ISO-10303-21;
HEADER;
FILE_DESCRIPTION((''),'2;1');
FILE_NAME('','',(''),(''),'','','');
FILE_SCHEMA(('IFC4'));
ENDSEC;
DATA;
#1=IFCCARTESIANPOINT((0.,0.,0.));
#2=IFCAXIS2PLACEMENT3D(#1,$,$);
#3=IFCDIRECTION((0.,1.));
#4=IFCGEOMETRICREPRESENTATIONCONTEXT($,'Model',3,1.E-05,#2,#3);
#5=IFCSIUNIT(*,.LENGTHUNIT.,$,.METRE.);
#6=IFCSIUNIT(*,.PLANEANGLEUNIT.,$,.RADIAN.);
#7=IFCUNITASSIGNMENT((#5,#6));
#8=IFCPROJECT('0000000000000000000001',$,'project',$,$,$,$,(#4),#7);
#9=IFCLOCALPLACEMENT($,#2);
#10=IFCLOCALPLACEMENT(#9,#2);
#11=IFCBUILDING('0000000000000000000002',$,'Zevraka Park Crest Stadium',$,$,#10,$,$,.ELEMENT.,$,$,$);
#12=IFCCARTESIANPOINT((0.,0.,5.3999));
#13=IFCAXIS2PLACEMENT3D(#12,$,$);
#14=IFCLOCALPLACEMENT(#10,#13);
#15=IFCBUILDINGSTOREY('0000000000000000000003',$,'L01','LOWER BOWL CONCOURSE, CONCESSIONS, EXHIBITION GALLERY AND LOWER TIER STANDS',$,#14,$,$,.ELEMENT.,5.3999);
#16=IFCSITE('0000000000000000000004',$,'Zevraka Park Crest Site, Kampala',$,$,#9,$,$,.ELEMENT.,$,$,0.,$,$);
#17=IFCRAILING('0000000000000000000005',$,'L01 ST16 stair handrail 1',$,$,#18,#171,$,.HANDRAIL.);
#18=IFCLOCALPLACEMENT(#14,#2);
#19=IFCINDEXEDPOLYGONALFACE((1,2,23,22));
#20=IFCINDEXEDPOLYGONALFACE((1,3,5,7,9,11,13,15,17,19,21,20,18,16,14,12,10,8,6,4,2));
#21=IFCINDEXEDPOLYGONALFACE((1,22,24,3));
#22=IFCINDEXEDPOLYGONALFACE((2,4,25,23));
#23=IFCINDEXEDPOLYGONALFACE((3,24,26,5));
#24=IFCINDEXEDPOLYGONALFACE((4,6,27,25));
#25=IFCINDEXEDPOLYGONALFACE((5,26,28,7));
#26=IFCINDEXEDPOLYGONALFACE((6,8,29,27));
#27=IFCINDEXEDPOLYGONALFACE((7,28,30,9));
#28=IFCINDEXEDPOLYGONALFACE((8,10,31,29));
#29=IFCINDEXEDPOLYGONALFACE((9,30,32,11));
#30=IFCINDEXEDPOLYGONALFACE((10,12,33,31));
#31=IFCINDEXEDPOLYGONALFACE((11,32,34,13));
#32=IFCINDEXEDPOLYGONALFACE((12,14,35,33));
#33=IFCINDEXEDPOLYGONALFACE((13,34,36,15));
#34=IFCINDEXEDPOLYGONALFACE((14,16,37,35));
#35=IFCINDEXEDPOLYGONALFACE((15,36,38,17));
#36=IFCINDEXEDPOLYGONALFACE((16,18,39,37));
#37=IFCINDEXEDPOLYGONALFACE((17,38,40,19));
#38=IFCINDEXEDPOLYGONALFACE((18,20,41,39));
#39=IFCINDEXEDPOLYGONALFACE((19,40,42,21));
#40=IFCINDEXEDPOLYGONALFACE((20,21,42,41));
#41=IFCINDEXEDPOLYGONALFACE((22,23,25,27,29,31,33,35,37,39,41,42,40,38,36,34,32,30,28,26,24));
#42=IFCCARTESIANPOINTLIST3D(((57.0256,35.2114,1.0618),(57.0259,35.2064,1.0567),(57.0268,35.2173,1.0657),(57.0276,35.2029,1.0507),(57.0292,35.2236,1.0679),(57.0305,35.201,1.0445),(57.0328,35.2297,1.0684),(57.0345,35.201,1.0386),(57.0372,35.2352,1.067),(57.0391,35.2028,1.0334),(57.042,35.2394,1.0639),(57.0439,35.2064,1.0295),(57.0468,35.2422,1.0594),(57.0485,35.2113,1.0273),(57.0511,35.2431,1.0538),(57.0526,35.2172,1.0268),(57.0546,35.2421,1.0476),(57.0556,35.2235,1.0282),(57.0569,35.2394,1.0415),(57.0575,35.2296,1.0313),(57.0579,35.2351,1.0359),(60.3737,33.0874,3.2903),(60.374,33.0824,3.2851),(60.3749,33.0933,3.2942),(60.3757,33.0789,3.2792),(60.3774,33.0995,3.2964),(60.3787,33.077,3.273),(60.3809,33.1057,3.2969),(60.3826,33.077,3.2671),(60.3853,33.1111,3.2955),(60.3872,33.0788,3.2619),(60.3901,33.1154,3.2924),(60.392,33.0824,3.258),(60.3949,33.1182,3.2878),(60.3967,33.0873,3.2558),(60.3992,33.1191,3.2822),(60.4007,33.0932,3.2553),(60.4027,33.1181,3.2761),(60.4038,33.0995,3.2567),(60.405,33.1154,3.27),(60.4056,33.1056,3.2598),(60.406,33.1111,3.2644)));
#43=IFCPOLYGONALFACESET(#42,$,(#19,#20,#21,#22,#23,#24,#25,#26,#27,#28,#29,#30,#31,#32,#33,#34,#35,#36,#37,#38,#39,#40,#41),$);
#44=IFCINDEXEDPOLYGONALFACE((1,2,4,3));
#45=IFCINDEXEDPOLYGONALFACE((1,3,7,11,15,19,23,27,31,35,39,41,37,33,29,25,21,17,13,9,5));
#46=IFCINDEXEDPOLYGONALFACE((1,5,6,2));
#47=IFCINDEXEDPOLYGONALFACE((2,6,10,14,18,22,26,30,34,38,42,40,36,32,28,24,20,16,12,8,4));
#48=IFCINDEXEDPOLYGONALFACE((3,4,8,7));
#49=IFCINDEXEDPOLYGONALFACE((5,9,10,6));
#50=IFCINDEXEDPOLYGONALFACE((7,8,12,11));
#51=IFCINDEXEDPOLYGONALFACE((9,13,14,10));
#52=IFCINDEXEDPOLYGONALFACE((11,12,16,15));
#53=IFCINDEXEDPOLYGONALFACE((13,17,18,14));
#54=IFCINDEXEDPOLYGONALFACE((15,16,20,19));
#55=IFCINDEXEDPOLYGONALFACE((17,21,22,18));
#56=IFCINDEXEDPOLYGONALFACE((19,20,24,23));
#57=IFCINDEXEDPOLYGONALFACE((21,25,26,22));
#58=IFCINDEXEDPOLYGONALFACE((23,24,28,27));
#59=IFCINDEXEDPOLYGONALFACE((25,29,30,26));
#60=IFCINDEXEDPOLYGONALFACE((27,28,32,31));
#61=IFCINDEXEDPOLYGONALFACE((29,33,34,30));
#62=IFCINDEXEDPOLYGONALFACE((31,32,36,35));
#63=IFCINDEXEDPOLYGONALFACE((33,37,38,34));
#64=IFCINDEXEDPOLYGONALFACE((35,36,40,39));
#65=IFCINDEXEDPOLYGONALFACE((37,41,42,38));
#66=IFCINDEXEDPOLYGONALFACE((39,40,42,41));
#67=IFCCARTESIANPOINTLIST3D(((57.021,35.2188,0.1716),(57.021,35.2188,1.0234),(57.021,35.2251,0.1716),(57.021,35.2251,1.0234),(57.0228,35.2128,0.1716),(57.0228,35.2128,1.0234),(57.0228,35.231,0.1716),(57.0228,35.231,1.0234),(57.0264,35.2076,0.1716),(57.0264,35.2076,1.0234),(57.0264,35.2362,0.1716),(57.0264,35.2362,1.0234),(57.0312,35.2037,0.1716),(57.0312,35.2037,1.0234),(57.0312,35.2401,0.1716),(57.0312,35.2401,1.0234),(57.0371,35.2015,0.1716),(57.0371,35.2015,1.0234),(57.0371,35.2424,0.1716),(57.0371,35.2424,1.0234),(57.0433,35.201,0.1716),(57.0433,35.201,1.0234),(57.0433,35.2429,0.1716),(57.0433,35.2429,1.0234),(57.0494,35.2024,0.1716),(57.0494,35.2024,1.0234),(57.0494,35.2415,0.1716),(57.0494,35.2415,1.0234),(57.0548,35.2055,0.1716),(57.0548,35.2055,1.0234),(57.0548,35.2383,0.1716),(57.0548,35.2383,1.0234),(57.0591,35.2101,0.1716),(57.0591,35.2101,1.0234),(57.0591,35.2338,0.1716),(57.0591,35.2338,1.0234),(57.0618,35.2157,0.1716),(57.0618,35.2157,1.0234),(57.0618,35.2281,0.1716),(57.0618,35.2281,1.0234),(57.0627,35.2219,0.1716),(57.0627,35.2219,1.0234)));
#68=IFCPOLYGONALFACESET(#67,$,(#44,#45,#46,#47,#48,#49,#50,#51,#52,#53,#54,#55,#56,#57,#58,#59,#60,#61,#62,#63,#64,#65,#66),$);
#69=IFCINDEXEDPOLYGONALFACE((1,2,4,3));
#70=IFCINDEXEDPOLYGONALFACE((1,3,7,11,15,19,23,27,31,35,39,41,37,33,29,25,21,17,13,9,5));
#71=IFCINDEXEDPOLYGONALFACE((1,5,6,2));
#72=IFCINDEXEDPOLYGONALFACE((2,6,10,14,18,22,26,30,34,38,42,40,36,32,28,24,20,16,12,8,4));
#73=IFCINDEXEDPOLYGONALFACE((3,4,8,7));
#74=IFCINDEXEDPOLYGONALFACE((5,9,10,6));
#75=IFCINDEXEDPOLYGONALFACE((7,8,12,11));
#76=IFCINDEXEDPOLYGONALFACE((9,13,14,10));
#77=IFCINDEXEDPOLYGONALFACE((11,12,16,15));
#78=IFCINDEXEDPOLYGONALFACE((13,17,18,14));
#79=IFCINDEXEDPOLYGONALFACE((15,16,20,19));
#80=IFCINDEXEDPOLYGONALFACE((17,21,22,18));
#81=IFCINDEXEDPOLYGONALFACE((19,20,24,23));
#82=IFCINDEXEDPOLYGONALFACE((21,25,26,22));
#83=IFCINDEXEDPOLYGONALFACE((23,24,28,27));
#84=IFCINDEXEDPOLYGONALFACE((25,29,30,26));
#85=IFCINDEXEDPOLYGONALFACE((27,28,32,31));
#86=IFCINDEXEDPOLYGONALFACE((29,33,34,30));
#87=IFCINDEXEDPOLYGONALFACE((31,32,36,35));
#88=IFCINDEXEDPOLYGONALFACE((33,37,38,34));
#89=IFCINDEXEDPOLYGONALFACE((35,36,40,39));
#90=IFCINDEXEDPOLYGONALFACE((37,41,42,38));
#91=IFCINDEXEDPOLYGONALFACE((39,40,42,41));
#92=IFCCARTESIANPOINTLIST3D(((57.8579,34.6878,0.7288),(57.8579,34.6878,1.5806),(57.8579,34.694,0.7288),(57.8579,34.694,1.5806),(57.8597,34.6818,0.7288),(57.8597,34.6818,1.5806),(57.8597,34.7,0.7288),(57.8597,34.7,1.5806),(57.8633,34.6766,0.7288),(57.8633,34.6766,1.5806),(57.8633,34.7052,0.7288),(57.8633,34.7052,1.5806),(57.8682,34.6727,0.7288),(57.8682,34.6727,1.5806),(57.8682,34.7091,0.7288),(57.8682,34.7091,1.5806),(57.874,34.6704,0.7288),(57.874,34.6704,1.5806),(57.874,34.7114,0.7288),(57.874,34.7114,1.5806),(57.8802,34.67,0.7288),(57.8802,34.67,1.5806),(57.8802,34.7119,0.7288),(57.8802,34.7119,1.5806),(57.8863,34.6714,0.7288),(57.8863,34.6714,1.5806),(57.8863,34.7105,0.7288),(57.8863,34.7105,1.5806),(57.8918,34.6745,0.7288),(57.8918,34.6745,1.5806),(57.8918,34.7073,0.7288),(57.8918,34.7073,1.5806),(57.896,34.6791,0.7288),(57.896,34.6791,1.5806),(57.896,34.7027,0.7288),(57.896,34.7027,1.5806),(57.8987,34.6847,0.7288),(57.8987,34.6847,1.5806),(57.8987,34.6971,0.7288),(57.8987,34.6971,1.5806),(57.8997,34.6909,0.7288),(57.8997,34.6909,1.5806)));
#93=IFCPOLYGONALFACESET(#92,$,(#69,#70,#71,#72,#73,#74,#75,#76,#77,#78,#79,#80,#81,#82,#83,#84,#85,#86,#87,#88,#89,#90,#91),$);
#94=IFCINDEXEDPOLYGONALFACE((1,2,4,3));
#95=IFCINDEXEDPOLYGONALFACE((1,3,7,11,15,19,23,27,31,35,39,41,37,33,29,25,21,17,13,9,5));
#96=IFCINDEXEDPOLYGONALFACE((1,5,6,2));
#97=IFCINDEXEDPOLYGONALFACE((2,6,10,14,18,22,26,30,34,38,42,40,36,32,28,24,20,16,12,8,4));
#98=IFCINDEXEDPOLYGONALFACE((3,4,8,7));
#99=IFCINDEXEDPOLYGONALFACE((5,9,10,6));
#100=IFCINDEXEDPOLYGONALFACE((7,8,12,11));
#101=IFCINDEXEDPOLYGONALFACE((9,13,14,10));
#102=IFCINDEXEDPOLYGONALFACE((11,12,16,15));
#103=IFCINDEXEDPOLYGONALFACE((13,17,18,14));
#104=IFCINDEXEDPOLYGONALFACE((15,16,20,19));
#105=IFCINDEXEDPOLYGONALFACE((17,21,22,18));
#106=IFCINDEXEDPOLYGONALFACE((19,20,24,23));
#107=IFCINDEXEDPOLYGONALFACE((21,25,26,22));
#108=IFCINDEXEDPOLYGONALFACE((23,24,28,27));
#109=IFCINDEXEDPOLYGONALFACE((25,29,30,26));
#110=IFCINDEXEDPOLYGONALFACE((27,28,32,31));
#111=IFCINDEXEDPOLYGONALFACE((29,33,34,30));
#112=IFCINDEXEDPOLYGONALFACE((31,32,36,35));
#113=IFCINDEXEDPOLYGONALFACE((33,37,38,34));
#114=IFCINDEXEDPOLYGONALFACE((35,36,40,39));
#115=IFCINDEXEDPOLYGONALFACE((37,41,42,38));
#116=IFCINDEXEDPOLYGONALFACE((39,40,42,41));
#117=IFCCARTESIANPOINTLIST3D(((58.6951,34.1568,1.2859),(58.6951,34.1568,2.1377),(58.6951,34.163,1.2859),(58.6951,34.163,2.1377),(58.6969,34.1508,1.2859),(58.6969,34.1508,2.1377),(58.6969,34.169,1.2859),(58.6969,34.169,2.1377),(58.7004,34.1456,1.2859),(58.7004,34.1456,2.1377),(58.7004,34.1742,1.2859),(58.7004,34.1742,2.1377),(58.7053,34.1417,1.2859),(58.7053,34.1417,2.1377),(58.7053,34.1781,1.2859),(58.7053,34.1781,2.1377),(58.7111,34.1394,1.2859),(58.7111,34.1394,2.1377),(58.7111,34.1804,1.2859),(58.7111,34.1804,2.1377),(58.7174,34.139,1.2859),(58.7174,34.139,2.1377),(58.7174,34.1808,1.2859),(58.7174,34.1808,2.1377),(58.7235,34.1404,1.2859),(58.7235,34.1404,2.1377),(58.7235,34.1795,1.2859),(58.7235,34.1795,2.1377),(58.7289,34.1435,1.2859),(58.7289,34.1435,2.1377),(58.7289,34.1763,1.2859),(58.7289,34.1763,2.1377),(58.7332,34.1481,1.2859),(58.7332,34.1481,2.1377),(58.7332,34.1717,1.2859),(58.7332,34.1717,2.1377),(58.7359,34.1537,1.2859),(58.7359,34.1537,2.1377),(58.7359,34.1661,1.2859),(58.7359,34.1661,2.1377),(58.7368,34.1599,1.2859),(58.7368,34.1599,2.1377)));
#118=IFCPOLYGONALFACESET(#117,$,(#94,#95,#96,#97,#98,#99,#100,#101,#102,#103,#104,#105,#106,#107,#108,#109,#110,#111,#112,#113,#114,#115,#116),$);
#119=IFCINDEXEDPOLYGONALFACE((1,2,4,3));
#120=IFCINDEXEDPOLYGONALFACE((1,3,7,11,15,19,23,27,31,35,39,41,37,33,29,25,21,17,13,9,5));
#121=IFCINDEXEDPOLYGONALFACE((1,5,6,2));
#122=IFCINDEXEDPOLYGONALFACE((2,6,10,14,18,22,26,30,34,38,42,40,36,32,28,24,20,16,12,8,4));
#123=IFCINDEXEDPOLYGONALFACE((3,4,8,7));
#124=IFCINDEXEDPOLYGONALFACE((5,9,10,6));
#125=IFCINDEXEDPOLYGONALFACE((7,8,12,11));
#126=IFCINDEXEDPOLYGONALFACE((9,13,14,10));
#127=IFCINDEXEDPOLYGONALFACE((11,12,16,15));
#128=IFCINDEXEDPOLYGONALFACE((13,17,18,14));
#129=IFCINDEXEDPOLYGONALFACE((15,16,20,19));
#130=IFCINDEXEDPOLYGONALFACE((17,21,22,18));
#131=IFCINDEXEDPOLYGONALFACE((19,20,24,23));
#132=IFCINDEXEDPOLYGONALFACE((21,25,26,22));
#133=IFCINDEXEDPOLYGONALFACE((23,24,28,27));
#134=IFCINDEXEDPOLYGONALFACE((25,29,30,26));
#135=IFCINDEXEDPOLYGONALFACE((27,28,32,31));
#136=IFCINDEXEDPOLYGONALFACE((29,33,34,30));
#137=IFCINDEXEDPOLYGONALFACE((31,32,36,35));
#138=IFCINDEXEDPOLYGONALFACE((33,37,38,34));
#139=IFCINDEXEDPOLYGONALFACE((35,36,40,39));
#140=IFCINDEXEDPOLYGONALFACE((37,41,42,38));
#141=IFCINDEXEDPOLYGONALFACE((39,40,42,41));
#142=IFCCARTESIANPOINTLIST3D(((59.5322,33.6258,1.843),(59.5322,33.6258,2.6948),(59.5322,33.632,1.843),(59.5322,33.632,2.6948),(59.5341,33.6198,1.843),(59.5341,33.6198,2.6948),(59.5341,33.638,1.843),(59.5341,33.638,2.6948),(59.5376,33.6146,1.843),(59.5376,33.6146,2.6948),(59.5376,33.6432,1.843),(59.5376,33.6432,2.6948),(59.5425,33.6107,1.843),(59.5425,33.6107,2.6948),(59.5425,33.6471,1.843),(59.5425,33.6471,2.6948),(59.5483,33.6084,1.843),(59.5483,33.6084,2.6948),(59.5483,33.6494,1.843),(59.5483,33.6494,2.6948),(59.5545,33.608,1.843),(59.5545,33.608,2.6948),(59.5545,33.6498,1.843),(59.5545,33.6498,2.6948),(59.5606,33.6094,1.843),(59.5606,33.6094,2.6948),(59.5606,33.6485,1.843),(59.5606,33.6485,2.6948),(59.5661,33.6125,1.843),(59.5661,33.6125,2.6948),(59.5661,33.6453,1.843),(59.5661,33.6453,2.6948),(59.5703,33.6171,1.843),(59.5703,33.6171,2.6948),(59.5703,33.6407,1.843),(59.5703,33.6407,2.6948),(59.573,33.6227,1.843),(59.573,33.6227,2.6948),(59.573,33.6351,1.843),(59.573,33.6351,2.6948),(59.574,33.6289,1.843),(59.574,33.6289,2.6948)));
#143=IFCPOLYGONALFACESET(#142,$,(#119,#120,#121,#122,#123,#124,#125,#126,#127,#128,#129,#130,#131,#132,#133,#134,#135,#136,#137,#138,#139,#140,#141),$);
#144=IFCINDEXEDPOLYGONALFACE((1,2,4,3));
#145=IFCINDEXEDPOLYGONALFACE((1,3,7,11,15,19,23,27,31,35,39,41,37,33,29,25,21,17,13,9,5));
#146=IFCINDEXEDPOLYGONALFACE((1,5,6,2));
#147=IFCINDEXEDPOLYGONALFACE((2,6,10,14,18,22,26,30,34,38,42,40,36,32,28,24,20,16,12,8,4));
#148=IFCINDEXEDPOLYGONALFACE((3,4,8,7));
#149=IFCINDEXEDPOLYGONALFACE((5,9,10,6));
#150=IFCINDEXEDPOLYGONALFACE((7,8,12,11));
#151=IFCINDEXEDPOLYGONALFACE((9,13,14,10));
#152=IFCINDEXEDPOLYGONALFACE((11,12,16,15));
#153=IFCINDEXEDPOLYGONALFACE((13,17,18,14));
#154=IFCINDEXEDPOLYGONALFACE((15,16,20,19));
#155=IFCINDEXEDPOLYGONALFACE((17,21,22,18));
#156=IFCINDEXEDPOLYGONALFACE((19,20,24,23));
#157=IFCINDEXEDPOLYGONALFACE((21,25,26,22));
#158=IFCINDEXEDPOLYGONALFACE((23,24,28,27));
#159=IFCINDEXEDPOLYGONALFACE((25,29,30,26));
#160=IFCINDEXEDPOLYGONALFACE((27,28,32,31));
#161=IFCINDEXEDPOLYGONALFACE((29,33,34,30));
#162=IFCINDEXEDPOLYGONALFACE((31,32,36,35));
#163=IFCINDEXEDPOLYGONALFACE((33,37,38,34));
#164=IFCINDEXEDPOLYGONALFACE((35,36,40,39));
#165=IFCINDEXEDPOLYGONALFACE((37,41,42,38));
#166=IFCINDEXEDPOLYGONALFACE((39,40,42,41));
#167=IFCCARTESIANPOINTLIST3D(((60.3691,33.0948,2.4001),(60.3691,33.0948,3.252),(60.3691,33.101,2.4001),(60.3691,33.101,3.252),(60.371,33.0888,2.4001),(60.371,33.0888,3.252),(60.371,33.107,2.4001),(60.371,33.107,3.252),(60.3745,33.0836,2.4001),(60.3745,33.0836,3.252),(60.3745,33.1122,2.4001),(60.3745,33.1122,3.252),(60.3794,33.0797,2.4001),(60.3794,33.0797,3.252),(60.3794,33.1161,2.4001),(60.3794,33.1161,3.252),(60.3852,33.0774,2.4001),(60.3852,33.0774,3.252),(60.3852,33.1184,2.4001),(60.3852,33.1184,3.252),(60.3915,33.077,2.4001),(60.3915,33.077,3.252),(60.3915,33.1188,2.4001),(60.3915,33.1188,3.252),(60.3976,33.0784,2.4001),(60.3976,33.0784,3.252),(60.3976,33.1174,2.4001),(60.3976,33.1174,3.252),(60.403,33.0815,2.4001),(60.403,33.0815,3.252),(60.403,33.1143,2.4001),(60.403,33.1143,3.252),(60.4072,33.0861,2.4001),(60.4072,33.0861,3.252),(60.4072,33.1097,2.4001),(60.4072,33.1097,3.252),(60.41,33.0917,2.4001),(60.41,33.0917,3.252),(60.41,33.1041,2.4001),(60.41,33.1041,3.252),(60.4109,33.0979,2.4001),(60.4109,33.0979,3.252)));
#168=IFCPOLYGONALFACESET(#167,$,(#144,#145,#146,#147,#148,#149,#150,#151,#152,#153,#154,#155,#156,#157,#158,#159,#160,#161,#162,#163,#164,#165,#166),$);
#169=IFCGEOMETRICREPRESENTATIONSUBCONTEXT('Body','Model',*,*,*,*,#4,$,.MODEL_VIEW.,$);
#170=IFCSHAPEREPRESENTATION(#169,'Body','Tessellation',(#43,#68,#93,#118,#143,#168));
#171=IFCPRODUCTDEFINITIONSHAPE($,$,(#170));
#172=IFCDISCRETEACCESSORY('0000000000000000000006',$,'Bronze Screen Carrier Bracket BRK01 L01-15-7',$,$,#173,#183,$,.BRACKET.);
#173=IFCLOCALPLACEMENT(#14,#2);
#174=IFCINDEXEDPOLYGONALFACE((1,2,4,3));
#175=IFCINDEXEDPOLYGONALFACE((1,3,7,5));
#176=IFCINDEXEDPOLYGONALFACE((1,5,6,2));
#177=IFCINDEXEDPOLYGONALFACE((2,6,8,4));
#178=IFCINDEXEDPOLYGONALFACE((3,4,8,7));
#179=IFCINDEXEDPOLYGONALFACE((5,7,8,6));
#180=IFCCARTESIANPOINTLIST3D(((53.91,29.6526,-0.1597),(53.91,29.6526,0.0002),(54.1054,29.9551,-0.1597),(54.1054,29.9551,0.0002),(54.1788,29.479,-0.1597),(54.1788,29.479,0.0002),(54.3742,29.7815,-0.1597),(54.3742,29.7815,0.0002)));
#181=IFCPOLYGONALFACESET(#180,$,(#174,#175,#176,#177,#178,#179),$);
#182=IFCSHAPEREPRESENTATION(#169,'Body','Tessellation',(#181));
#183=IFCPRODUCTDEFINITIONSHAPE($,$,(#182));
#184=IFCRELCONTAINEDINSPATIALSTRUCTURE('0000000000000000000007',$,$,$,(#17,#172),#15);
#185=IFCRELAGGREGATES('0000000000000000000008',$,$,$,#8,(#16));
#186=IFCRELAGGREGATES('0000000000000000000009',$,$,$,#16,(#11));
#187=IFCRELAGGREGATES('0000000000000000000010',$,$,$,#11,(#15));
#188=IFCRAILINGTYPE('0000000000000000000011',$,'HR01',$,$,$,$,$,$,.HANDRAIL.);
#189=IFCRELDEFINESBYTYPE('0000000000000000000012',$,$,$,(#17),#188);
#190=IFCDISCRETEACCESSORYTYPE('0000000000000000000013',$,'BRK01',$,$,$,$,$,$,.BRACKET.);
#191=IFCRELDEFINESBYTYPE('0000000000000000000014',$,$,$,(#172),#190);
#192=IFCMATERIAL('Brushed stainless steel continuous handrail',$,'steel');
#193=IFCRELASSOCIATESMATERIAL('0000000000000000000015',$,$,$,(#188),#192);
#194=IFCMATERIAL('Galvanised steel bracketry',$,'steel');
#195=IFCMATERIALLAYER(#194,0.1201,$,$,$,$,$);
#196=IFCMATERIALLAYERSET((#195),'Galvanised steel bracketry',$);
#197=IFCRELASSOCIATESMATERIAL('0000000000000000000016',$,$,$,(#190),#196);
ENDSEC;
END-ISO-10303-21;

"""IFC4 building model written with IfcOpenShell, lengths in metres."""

from ifc_helpers import new_model, si_unit, direction, frame, origin, origin_2d, place, context, subcontext, project, spatial, rectangle, circle, extrude, material, layer, layer_set, type_object, element, save


model = new_model("IFC4")

# Units and contexts
model_context = context("Model", 3, precision=1e-05, world=origin(), true_north=direction((0.0, 1.0)))
body_context = subcontext(model_context, "Body", "Model", "MODEL_VIEW")
ifc_project = project(units=[si_unit("LENGTHUNIT", "METRE"), si_unit("PLANEANGLEUNIT", "RADIAN")], contexts=[model_context])

# Site, building, storey
site_placement = place(None, origin())
site = spatial("IfcSite", under=ifc_project, at=site_placement, Name="Zevraka Park Crest Site, Kampala", CompositionType="ELEMENT", RefElevation=0.0)
building_placement = place(site_placement, origin())
building = spatial("IfcBuilding", under=site, at=building_placement, Name="Zevraka Park Crest Stadium", CompositionType="ELEMENT")
storey_placement = place(building_placement, frame((0.0, 0.0, 5.3999)))
storey = spatial("IfcBuildingStorey", under=building, at=storey_placement, Name="L01", Description="LOWER BOWL CONCOURSE, CONCESSIONS, EXHIBITION GALLERY AND LOWER TIER STANDS", CompositionType="ELEMENT", Elevation=5.3999)

# Railing
ifc_material_1 = material(Name="Brushed stainless steel continuous handrail", Category="steel")
railing_type_1 = type_object("IfcRailingType", Name="HR01", PredefinedType="HANDRAIL", material=ifc_material_1)
railing_1_placement = place(storey_placement, frame((57.0417, 35.2219, 0.1716)))
element("IfcRailing", 1, at=railing_1_placement, inside=storey, type_object=railing_type_1, Name="L01 ST16 stair handrail 1", PredefinedType="HANDRAIL", context=body_context, shape_type="SweptSolid", body=[
    extrude(circle(Radius=0.0239, at=origin_2d()), frame((0.0, 0.0, 0.876), z_axis=(0.736117, -0.466984, 0.489957), x_axis=(0.535688, 0.844416, 0.0)), (0.0, 0.0, 1.0), 4.5483),
    extrude(circle(Radius=0.021, at=origin_2d()), origin(), (0.0, 0.0, 1.0), 0.8518),
    extrude(circle(Radius=0.021, at=origin_2d()), frame((0.8369, -0.531, 0.5571)), (0.0, 0.0, 1.0), 0.8518),
    extrude(circle(Radius=0.021, at=origin_2d()), frame((1.6741, -1.062, 1.1143)), (0.0, 0.0, 1.0), 0.8518),
    extrude(circle(Radius=0.021, at=origin_2d()), frame((2.5112, -1.593, 1.6714)), (0.0, 0.0, 1.0), 0.8518),
    extrude(circle(Radius=0.021, at=origin_2d()), frame((3.3481, -2.124, 2.2285)), (0.0, 0.0, 1.0), 0.8518),
])

# Discrete accessory
ifc_material_2 = material(Name="Galvanised steel bracketry", Category="steel")
ifc_layer_1 = layer(ifc_material_2, 0.1201)
ifc_layer_set_1 = layer_set([ifc_layer_1], Name="Galvanised steel bracketry")
discrete_accessory_type = type_object("IfcDiscreteAccessoryType", Name="BRK01", PredefinedType="BRACKET", material=ifc_layer_set_1)
discrete_accessory_placement = place(storey_placement, frame((54.1421, 29.717, -0.1597), z_axis=(0.0, 0.0, 1.0), x_axis=(0.839999, -0.542588, 0.0)))
element("IfcDiscreteAccessory", 2, at=discrete_accessory_placement, inside=storey, type_object=discrete_accessory_type, Name="Bronze Screen Carrier Bracket BRK01 L01-15-7", PredefinedType="BRACKET", context=body_context, shape_type="SweptSolid", body=[
    extrude(rectangle(XDim=0.3201, YDim=0.3601, at=origin_2d()), origin(), (0.0, 0.0, 1.0), 0.1599),
])

save(model, "model.ifc")
